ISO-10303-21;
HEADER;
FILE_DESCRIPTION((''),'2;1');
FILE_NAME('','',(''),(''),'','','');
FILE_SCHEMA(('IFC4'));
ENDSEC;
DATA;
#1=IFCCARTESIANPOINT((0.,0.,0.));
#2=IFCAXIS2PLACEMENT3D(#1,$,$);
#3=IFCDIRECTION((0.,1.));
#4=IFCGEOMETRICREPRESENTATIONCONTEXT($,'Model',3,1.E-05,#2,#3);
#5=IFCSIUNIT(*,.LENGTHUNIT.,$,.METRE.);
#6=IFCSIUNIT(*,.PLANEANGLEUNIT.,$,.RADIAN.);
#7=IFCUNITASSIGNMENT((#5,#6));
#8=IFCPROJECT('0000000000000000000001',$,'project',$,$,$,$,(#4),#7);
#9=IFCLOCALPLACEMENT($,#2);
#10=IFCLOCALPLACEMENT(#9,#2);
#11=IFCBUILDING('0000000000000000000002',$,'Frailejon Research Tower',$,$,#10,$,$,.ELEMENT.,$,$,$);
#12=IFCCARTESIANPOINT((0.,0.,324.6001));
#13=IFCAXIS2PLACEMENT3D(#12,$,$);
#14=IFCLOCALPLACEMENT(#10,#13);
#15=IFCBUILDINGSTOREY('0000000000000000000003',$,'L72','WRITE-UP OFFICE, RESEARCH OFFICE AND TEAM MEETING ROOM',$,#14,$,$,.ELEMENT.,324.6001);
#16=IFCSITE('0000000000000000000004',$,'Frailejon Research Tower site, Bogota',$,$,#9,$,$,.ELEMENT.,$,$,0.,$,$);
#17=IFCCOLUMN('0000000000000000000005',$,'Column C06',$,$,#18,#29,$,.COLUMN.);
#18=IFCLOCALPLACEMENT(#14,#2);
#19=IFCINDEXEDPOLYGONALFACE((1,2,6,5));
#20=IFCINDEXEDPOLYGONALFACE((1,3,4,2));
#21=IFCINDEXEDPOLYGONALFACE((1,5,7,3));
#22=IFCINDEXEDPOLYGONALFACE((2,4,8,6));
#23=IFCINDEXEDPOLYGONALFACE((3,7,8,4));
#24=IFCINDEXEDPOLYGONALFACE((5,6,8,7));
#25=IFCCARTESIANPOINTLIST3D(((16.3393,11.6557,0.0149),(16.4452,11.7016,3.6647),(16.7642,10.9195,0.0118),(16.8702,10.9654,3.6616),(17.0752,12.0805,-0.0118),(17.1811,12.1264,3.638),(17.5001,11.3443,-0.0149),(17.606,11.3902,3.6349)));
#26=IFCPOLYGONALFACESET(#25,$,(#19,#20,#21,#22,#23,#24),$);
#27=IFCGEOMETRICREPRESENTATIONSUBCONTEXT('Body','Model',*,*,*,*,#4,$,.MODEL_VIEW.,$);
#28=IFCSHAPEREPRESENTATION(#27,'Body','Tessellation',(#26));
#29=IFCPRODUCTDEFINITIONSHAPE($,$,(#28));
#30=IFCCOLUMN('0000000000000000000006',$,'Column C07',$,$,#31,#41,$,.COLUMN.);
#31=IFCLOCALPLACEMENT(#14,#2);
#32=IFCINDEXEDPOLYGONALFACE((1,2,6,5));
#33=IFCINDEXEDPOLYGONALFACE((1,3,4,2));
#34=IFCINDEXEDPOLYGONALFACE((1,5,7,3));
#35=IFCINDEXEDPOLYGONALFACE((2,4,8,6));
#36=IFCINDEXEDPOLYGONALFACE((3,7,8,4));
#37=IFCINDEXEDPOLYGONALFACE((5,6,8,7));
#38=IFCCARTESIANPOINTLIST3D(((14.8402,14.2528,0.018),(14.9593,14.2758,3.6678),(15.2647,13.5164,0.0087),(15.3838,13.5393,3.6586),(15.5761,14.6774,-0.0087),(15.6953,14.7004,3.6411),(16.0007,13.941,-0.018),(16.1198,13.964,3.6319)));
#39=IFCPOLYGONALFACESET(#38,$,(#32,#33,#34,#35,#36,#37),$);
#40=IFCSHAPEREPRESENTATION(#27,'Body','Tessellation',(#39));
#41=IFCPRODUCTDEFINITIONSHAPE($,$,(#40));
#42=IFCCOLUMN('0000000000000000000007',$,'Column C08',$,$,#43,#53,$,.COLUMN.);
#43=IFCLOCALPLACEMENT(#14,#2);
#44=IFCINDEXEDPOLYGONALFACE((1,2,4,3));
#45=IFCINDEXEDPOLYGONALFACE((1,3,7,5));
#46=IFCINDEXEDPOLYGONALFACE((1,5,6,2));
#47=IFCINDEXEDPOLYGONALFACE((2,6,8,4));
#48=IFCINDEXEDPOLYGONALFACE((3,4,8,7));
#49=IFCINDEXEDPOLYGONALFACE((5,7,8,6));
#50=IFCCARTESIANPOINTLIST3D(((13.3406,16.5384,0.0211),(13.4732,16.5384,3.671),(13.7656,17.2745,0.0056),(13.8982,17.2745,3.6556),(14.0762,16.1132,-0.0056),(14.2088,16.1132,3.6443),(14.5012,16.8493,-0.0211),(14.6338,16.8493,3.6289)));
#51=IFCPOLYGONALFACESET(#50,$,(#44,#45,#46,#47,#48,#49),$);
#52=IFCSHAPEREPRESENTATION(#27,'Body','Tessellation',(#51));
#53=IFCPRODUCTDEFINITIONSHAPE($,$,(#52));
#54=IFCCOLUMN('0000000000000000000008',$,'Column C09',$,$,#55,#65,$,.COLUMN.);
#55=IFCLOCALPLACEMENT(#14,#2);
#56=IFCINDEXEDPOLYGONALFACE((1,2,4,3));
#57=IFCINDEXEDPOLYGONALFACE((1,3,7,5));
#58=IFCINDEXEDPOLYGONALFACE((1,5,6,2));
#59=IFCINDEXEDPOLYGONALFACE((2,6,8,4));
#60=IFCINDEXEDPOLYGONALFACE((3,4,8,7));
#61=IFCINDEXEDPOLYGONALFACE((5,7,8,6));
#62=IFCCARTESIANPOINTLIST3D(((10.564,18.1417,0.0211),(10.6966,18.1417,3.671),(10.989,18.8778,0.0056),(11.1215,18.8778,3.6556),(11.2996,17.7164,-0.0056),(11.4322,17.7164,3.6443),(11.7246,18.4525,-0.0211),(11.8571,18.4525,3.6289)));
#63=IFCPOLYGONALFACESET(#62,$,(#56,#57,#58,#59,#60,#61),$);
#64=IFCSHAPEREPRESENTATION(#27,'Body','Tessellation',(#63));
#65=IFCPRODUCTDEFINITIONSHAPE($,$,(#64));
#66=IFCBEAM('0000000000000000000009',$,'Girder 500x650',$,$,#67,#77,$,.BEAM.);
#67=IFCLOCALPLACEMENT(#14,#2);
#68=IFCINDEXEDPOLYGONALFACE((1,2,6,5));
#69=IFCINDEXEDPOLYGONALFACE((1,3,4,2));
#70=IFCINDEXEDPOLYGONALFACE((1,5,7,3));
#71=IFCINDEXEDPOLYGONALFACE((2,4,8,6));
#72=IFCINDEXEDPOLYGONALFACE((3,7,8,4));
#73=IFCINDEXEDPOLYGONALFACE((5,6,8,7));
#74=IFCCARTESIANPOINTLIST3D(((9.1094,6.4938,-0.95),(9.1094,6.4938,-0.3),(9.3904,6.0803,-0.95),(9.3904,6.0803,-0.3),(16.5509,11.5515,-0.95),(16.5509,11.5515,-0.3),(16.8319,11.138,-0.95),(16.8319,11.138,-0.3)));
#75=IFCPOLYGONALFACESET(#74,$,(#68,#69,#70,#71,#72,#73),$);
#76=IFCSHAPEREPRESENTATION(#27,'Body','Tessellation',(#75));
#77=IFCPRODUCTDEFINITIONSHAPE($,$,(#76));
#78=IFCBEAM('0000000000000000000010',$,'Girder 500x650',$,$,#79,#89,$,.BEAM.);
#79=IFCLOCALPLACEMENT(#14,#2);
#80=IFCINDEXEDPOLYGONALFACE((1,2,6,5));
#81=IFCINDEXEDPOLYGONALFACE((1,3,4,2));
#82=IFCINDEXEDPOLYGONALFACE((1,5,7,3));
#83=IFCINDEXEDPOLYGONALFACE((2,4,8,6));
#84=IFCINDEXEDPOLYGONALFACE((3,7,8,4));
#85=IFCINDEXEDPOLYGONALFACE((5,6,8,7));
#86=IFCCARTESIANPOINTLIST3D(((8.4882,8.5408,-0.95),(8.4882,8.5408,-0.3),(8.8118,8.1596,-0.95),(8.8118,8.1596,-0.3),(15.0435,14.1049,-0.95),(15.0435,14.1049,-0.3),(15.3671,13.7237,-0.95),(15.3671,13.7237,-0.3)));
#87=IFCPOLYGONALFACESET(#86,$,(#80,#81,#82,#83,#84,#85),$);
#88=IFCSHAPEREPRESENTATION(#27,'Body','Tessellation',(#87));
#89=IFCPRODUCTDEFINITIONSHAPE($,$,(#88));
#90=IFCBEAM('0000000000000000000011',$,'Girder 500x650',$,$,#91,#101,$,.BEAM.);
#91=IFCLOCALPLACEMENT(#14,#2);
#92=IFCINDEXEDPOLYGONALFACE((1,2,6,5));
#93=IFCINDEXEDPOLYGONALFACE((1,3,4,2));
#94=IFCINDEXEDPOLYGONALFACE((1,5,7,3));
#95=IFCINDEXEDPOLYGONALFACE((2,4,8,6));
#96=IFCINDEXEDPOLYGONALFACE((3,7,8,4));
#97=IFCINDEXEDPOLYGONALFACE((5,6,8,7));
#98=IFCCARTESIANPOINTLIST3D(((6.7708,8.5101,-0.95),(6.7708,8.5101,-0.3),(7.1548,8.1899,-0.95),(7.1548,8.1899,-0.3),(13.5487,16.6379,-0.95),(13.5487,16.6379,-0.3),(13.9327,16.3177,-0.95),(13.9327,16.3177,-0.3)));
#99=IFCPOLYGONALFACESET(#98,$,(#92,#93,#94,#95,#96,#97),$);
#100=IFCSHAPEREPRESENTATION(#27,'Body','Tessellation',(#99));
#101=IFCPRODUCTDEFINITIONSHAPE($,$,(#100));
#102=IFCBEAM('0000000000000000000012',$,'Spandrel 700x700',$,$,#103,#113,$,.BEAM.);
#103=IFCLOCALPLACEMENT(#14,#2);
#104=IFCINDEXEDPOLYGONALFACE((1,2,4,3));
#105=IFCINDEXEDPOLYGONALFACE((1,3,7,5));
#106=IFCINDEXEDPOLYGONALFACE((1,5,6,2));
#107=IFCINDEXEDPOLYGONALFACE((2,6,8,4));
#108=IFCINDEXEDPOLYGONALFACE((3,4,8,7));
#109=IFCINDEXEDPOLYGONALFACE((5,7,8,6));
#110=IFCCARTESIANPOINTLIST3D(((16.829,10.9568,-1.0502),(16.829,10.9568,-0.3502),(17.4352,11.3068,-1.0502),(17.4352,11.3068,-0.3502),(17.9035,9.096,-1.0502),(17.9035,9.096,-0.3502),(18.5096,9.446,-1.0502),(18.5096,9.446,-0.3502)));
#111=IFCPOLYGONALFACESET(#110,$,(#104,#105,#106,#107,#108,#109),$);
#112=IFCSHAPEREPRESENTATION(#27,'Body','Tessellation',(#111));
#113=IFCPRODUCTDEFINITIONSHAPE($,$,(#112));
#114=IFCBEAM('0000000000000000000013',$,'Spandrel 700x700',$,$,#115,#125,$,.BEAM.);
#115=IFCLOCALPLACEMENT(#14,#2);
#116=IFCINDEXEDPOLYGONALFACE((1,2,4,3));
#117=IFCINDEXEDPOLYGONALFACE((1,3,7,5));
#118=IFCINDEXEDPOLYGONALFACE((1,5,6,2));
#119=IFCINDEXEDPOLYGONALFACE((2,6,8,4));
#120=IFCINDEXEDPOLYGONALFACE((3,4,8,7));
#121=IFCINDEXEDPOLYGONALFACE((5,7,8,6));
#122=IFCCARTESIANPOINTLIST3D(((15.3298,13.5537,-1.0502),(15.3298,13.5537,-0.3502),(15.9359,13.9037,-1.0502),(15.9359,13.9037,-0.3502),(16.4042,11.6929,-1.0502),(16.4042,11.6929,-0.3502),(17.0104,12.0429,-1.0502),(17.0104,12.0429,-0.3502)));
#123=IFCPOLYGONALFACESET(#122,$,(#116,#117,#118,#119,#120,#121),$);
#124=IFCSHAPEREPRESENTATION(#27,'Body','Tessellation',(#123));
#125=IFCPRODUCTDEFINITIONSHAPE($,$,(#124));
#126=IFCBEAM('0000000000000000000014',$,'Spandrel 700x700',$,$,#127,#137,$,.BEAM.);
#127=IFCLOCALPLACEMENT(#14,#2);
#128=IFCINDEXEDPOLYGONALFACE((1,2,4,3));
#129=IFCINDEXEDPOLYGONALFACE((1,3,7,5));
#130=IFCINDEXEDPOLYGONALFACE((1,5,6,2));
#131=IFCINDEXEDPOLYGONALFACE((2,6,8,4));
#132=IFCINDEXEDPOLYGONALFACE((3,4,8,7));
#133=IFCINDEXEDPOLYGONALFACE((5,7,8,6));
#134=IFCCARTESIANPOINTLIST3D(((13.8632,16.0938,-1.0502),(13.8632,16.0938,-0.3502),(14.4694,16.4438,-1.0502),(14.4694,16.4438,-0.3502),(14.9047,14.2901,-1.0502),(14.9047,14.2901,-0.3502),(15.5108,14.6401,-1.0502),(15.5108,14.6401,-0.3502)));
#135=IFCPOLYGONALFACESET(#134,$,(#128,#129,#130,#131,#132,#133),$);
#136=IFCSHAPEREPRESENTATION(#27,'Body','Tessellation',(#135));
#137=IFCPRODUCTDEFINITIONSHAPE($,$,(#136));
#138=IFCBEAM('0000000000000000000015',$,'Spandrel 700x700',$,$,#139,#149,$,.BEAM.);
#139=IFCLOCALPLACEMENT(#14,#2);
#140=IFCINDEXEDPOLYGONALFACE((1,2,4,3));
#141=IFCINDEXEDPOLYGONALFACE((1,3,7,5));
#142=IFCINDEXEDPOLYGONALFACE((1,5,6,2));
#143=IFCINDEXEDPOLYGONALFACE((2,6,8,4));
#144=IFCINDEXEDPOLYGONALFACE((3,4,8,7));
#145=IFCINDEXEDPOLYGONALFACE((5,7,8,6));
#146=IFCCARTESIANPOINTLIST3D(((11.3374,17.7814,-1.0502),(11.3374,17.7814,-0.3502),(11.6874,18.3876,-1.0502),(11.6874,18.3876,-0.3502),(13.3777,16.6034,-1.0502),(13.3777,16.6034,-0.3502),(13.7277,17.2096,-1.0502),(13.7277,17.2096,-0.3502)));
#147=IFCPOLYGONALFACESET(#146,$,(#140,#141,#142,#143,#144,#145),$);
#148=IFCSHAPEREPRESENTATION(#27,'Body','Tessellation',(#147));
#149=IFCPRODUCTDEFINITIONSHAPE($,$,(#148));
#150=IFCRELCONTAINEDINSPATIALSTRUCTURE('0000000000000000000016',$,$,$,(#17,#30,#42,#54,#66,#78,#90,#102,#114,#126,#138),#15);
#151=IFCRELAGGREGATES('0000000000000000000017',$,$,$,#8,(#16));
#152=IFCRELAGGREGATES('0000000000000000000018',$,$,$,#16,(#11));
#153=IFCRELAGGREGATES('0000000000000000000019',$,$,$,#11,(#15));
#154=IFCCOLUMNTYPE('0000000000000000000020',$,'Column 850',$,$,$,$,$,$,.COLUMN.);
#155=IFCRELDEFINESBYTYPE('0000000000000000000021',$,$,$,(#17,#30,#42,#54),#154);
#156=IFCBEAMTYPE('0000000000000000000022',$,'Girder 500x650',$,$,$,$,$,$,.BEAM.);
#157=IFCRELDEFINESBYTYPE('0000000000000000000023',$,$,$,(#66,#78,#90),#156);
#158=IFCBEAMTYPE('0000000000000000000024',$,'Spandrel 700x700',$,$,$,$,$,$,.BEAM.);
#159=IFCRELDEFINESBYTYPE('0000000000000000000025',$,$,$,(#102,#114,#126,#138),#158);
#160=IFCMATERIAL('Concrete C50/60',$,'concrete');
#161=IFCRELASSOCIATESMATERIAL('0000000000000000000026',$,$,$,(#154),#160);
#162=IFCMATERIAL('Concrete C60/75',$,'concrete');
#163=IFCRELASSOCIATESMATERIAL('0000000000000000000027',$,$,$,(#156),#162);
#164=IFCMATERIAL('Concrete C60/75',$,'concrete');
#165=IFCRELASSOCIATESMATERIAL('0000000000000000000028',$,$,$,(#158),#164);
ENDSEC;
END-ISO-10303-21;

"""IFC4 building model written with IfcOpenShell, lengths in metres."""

from ifc_helpers import new_model, si_unit, direction, frame, origin, origin_2d, place, context, subcontext, project, spatial, rectangle, extrude, material, material_profile, profile_set, type_object, element, save


model = new_model("IFC4")

# Units and contexts
model_context = context("Model", 3, precision=1e-05, world=origin(), true_north=direction((0.0, 1.0)))
body_context = subcontext(model_context, "Body", "Model", "MODEL_VIEW")
ifc_project = project(units=[si_unit("LENGTHUNIT", "METRE"), si_unit("PLANEANGLEUNIT", "RADIAN")], contexts=[model_context])

# Site, building, storey
site_placement = place(None, origin())
site = spatial("IfcSite", under=ifc_project, at=site_placement, Name="Frailejon Research Tower site, Bogota", CompositionType="ELEMENT", RefElevation=0.0)
building_placement = place(site_placement, origin())
building = spatial("IfcBuilding", under=site, at=building_placement, Name="Frailejon Research Tower", CompositionType="ELEMENT")
storey_placement = place(building_placement, frame((0.0, 0.0, 324.6001)))
storey = spatial("IfcBuildingStorey", under=building, at=storey_placement, Name="L72", Description="WRITE-UP OFFICE, RESEARCH OFFICE AND TEAM MEETING ROOM", CompositionType="ELEMENT", Elevation=324.6001)

# Columns
ifc_material_1 = material(Name="Concrete C50/60", Category="concrete")
ifc_material_profile_1 = material_profile(ifc_material_1, rectangle(XDim=0.8501, YDim=0.8501, at=origin_2d()), Name="Column 850")
ifc_profile_set_1 = profile_set([ifc_material_profile_1], Name="Concrete C50/60")
column_type = type_object("IfcColumnType", Name="Column 850", PredefinedType="COLUMN", material=ifc_profile_set_1)
column_1_placement = place(storey_placement, frame((16.9197, 11.5, 0.0), z_axis=(0.029016, 0.012569, 0.9995), x_axis=(-0.499849, 0.866105, 0.003619)))
element("IfcColumn", 1, at=column_1_placement, inside=storey, type_object=column_type, Name="Column C06", PredefinedType="COLUMN", context=body_context, shape_type="SweptSolid", body=[
    extrude(rectangle(XDim=0.8501, YDim=0.8501, at=origin_2d()), origin(), (0.0, 0.0, 1.0), 3.6516),
])
column_2_placement = place(storey_placement, frame((15.4204, 14.0969, 0.0), z_axis=(0.032624, 0.006284, 0.999448), x_axis=(-0.499397, 0.866305, 0.010854)))
element("IfcColumn", 2, at=column_2_placement, inside=storey, type_object=column_type, Name="Column C07", PredefinedType="COLUMN", context=body_context, shape_type="SweptSolid", body=[
    extrude(rectangle(XDim=0.8501, YDim=0.8501, at=origin_2d()), origin(), (0.0, 0.0, 1.0), 3.6519),
])
for number, where, z_axis, x_axis, name in (
    (3, (13.9209, 16.6938, 0.0), (0.036297, 0.0, 0.999341), (-0.865313, 0.500246, 0.031429), "Column C08"),
    (4, (11.1443, 18.2971, 0.0), (0.036297, 0.0, 0.999341), (-0.865313, 0.500246, 0.031429), "Column C09"),
):
    element("IfcColumn", number, at=place(storey_placement, frame(where, z_axis=z_axis, x_axis=x_axis)), inside=storey, type_object=column_type, Name=name, PredefinedType="COLUMN", context=body_context, shape_type="SweptSolid", body=[
        extrude(rectangle(XDim=0.8501, YDim=0.8501, at=origin_2d()), origin(), (0.0, 0.0, 1.0), 3.6523),
    ])

# Beams
ifc_material_2 = material(Name="Concrete C60/75", Category="concrete")
ifc_material_profile_2 = material_profile(ifc_material_2, rectangle(XDim=0.5, YDim=0.6499, at=origin_2d()), Name="Girder 500x650")
ifc_profile_set_2 = profile_set([ifc_material_profile_2], Name="Concrete C60/75")
beam_type_1 = type_object("IfcBeamType", Name="Girder 500x650", PredefinedType="BEAM", material=ifc_profile_set_2)
beam_1_placement = place(storey_placement, frame((16.6914, 11.3447, -0.625), z_axis=(-0.827058, -0.562117, 0.0), x_axis=(0.562117, -0.827058, 0.0)))
element("IfcBeam", 5, at=beam_1_placement, inside=storey, type_object=beam_type_1, Name="Girder 500x650", PredefinedType="BEAM", context=body_context, shape_type="SweptSolid", body=[
    extrude(rectangle(XDim=0.5, YDim=0.6499, at=origin_2d()), origin(), (0.0, 0.0, 1.0), 8.9976),
])
beam_2_placement = place(storey_placement, frame((15.2053, 13.9143, -0.625), z_axis=(-0.762392, -0.647115, 0.0), x_axis=(0.647115, -0.762392, 0.0)))
element("IfcBeam", 6, at=beam_2_placement, inside=storey, type_object=beam_type_1, Name="Girder 500x650", PredefinedType="BEAM", context=body_context, shape_type="SweptSolid", body=[
    extrude(rectangle(XDim=0.5, YDim=0.6499, at=origin_2d()), origin(), (0.0, 0.0, 1.0), 8.5984),
])
beam_3_placement = place(storey_placement, frame((13.7407, 16.4778, -0.625), z_axis=(-0.64045, -0.768, 0.0), x_axis=(0.768, -0.64045, 0.0)))
element("IfcBeam", 7, at=beam_3_placement, inside=storey, type_object=beam_type_1, Name="Girder 500x650", PredefinedType="BEAM", context=body_context, shape_type="SweptSolid", body=[
    extrude(rectangle(XDim=0.5, YDim=0.6499, at=origin_2d()), origin(), (0.0, 0.0, 1.0), 10.583),
])
ifc_material_3 = material(Name="Concrete C60/75", Category="concrete")
ifc_material_profile_3 = material_profile(ifc_material_3, rectangle(XDim=0.7, YDim=0.7, at=origin_2d()), Name="Spandrel 700x700")
ifc_profile_set_3 = profile_set([ifc_material_profile_3], Name="Concrete C60/75")
beam_type_2 = type_object("IfcBeamType", Name="Spandrel 700x700", PredefinedType="BEAM", material=ifc_profile_set_3)
for number, where, z_axis, x_axis, name in (
    (8, (18.2065, 9.271, -0.7002), (-0.500037, 0.866004, 0.0), (-0.866004, -0.500037, 0.0), "Spandrel 700x700"),
    (9, (16.7073, 11.8679, -0.7002), (-0.500037, 0.866004, 0.0), (-0.866004, -0.500037, 0.0), "Spandrel 700x700"),
):
    element("IfcBeam", number, at=place(storey_placement, frame(where, z_axis=z_axis, x_axis=x_axis)), inside=storey, type_object=beam_type_2, Name=name, PredefinedType="BEAM", context=body_context, shape_type="SweptSolid", body=[
        extrude(rectangle(XDim=0.7, YDim=0.7, at=origin_2d()), origin(), (0.0, 0.0, 1.0), 2.1487),
    ])
beam_4_placement = place(storey_placement, frame((15.2078, 14.4651, -0.7002), z_axis=(-0.500047, 0.865998, 0.0), x_axis=(-0.865998, -0.500047, 0.0)))
element("IfcBeam", 10, at=beam_4_placement, inside=storey, type_object=beam_type_2, Name="Spandrel 700x700", PredefinedType="BEAM", context=body_context, shape_type="SweptSolid", body=[
    extrude(rectangle(XDim=0.7, YDim=0.7, at=origin_2d()), origin(), (0.0, 0.0, 1.0), 2.0828),
])
beam_5_placement = place(storey_placement, frame((13.5527, 16.9065, -0.7002), z_axis=(-0.866022, 0.500007, 0.0), x_axis=(-0.500007, -0.866022, 0.0)))
element("IfcBeam", 11, at=beam_5_placement, inside=storey, type_object=beam_type_2, Name="Spandrel 700x700", PredefinedType="BEAM", context=body_context, shape_type="SweptSolid", body=[
    extrude(rectangle(XDim=0.7, YDim=0.7, at=origin_2d()), origin(), (0.0, 0.0, 1.0), 2.356),
])

save(model, "model.ifc")
